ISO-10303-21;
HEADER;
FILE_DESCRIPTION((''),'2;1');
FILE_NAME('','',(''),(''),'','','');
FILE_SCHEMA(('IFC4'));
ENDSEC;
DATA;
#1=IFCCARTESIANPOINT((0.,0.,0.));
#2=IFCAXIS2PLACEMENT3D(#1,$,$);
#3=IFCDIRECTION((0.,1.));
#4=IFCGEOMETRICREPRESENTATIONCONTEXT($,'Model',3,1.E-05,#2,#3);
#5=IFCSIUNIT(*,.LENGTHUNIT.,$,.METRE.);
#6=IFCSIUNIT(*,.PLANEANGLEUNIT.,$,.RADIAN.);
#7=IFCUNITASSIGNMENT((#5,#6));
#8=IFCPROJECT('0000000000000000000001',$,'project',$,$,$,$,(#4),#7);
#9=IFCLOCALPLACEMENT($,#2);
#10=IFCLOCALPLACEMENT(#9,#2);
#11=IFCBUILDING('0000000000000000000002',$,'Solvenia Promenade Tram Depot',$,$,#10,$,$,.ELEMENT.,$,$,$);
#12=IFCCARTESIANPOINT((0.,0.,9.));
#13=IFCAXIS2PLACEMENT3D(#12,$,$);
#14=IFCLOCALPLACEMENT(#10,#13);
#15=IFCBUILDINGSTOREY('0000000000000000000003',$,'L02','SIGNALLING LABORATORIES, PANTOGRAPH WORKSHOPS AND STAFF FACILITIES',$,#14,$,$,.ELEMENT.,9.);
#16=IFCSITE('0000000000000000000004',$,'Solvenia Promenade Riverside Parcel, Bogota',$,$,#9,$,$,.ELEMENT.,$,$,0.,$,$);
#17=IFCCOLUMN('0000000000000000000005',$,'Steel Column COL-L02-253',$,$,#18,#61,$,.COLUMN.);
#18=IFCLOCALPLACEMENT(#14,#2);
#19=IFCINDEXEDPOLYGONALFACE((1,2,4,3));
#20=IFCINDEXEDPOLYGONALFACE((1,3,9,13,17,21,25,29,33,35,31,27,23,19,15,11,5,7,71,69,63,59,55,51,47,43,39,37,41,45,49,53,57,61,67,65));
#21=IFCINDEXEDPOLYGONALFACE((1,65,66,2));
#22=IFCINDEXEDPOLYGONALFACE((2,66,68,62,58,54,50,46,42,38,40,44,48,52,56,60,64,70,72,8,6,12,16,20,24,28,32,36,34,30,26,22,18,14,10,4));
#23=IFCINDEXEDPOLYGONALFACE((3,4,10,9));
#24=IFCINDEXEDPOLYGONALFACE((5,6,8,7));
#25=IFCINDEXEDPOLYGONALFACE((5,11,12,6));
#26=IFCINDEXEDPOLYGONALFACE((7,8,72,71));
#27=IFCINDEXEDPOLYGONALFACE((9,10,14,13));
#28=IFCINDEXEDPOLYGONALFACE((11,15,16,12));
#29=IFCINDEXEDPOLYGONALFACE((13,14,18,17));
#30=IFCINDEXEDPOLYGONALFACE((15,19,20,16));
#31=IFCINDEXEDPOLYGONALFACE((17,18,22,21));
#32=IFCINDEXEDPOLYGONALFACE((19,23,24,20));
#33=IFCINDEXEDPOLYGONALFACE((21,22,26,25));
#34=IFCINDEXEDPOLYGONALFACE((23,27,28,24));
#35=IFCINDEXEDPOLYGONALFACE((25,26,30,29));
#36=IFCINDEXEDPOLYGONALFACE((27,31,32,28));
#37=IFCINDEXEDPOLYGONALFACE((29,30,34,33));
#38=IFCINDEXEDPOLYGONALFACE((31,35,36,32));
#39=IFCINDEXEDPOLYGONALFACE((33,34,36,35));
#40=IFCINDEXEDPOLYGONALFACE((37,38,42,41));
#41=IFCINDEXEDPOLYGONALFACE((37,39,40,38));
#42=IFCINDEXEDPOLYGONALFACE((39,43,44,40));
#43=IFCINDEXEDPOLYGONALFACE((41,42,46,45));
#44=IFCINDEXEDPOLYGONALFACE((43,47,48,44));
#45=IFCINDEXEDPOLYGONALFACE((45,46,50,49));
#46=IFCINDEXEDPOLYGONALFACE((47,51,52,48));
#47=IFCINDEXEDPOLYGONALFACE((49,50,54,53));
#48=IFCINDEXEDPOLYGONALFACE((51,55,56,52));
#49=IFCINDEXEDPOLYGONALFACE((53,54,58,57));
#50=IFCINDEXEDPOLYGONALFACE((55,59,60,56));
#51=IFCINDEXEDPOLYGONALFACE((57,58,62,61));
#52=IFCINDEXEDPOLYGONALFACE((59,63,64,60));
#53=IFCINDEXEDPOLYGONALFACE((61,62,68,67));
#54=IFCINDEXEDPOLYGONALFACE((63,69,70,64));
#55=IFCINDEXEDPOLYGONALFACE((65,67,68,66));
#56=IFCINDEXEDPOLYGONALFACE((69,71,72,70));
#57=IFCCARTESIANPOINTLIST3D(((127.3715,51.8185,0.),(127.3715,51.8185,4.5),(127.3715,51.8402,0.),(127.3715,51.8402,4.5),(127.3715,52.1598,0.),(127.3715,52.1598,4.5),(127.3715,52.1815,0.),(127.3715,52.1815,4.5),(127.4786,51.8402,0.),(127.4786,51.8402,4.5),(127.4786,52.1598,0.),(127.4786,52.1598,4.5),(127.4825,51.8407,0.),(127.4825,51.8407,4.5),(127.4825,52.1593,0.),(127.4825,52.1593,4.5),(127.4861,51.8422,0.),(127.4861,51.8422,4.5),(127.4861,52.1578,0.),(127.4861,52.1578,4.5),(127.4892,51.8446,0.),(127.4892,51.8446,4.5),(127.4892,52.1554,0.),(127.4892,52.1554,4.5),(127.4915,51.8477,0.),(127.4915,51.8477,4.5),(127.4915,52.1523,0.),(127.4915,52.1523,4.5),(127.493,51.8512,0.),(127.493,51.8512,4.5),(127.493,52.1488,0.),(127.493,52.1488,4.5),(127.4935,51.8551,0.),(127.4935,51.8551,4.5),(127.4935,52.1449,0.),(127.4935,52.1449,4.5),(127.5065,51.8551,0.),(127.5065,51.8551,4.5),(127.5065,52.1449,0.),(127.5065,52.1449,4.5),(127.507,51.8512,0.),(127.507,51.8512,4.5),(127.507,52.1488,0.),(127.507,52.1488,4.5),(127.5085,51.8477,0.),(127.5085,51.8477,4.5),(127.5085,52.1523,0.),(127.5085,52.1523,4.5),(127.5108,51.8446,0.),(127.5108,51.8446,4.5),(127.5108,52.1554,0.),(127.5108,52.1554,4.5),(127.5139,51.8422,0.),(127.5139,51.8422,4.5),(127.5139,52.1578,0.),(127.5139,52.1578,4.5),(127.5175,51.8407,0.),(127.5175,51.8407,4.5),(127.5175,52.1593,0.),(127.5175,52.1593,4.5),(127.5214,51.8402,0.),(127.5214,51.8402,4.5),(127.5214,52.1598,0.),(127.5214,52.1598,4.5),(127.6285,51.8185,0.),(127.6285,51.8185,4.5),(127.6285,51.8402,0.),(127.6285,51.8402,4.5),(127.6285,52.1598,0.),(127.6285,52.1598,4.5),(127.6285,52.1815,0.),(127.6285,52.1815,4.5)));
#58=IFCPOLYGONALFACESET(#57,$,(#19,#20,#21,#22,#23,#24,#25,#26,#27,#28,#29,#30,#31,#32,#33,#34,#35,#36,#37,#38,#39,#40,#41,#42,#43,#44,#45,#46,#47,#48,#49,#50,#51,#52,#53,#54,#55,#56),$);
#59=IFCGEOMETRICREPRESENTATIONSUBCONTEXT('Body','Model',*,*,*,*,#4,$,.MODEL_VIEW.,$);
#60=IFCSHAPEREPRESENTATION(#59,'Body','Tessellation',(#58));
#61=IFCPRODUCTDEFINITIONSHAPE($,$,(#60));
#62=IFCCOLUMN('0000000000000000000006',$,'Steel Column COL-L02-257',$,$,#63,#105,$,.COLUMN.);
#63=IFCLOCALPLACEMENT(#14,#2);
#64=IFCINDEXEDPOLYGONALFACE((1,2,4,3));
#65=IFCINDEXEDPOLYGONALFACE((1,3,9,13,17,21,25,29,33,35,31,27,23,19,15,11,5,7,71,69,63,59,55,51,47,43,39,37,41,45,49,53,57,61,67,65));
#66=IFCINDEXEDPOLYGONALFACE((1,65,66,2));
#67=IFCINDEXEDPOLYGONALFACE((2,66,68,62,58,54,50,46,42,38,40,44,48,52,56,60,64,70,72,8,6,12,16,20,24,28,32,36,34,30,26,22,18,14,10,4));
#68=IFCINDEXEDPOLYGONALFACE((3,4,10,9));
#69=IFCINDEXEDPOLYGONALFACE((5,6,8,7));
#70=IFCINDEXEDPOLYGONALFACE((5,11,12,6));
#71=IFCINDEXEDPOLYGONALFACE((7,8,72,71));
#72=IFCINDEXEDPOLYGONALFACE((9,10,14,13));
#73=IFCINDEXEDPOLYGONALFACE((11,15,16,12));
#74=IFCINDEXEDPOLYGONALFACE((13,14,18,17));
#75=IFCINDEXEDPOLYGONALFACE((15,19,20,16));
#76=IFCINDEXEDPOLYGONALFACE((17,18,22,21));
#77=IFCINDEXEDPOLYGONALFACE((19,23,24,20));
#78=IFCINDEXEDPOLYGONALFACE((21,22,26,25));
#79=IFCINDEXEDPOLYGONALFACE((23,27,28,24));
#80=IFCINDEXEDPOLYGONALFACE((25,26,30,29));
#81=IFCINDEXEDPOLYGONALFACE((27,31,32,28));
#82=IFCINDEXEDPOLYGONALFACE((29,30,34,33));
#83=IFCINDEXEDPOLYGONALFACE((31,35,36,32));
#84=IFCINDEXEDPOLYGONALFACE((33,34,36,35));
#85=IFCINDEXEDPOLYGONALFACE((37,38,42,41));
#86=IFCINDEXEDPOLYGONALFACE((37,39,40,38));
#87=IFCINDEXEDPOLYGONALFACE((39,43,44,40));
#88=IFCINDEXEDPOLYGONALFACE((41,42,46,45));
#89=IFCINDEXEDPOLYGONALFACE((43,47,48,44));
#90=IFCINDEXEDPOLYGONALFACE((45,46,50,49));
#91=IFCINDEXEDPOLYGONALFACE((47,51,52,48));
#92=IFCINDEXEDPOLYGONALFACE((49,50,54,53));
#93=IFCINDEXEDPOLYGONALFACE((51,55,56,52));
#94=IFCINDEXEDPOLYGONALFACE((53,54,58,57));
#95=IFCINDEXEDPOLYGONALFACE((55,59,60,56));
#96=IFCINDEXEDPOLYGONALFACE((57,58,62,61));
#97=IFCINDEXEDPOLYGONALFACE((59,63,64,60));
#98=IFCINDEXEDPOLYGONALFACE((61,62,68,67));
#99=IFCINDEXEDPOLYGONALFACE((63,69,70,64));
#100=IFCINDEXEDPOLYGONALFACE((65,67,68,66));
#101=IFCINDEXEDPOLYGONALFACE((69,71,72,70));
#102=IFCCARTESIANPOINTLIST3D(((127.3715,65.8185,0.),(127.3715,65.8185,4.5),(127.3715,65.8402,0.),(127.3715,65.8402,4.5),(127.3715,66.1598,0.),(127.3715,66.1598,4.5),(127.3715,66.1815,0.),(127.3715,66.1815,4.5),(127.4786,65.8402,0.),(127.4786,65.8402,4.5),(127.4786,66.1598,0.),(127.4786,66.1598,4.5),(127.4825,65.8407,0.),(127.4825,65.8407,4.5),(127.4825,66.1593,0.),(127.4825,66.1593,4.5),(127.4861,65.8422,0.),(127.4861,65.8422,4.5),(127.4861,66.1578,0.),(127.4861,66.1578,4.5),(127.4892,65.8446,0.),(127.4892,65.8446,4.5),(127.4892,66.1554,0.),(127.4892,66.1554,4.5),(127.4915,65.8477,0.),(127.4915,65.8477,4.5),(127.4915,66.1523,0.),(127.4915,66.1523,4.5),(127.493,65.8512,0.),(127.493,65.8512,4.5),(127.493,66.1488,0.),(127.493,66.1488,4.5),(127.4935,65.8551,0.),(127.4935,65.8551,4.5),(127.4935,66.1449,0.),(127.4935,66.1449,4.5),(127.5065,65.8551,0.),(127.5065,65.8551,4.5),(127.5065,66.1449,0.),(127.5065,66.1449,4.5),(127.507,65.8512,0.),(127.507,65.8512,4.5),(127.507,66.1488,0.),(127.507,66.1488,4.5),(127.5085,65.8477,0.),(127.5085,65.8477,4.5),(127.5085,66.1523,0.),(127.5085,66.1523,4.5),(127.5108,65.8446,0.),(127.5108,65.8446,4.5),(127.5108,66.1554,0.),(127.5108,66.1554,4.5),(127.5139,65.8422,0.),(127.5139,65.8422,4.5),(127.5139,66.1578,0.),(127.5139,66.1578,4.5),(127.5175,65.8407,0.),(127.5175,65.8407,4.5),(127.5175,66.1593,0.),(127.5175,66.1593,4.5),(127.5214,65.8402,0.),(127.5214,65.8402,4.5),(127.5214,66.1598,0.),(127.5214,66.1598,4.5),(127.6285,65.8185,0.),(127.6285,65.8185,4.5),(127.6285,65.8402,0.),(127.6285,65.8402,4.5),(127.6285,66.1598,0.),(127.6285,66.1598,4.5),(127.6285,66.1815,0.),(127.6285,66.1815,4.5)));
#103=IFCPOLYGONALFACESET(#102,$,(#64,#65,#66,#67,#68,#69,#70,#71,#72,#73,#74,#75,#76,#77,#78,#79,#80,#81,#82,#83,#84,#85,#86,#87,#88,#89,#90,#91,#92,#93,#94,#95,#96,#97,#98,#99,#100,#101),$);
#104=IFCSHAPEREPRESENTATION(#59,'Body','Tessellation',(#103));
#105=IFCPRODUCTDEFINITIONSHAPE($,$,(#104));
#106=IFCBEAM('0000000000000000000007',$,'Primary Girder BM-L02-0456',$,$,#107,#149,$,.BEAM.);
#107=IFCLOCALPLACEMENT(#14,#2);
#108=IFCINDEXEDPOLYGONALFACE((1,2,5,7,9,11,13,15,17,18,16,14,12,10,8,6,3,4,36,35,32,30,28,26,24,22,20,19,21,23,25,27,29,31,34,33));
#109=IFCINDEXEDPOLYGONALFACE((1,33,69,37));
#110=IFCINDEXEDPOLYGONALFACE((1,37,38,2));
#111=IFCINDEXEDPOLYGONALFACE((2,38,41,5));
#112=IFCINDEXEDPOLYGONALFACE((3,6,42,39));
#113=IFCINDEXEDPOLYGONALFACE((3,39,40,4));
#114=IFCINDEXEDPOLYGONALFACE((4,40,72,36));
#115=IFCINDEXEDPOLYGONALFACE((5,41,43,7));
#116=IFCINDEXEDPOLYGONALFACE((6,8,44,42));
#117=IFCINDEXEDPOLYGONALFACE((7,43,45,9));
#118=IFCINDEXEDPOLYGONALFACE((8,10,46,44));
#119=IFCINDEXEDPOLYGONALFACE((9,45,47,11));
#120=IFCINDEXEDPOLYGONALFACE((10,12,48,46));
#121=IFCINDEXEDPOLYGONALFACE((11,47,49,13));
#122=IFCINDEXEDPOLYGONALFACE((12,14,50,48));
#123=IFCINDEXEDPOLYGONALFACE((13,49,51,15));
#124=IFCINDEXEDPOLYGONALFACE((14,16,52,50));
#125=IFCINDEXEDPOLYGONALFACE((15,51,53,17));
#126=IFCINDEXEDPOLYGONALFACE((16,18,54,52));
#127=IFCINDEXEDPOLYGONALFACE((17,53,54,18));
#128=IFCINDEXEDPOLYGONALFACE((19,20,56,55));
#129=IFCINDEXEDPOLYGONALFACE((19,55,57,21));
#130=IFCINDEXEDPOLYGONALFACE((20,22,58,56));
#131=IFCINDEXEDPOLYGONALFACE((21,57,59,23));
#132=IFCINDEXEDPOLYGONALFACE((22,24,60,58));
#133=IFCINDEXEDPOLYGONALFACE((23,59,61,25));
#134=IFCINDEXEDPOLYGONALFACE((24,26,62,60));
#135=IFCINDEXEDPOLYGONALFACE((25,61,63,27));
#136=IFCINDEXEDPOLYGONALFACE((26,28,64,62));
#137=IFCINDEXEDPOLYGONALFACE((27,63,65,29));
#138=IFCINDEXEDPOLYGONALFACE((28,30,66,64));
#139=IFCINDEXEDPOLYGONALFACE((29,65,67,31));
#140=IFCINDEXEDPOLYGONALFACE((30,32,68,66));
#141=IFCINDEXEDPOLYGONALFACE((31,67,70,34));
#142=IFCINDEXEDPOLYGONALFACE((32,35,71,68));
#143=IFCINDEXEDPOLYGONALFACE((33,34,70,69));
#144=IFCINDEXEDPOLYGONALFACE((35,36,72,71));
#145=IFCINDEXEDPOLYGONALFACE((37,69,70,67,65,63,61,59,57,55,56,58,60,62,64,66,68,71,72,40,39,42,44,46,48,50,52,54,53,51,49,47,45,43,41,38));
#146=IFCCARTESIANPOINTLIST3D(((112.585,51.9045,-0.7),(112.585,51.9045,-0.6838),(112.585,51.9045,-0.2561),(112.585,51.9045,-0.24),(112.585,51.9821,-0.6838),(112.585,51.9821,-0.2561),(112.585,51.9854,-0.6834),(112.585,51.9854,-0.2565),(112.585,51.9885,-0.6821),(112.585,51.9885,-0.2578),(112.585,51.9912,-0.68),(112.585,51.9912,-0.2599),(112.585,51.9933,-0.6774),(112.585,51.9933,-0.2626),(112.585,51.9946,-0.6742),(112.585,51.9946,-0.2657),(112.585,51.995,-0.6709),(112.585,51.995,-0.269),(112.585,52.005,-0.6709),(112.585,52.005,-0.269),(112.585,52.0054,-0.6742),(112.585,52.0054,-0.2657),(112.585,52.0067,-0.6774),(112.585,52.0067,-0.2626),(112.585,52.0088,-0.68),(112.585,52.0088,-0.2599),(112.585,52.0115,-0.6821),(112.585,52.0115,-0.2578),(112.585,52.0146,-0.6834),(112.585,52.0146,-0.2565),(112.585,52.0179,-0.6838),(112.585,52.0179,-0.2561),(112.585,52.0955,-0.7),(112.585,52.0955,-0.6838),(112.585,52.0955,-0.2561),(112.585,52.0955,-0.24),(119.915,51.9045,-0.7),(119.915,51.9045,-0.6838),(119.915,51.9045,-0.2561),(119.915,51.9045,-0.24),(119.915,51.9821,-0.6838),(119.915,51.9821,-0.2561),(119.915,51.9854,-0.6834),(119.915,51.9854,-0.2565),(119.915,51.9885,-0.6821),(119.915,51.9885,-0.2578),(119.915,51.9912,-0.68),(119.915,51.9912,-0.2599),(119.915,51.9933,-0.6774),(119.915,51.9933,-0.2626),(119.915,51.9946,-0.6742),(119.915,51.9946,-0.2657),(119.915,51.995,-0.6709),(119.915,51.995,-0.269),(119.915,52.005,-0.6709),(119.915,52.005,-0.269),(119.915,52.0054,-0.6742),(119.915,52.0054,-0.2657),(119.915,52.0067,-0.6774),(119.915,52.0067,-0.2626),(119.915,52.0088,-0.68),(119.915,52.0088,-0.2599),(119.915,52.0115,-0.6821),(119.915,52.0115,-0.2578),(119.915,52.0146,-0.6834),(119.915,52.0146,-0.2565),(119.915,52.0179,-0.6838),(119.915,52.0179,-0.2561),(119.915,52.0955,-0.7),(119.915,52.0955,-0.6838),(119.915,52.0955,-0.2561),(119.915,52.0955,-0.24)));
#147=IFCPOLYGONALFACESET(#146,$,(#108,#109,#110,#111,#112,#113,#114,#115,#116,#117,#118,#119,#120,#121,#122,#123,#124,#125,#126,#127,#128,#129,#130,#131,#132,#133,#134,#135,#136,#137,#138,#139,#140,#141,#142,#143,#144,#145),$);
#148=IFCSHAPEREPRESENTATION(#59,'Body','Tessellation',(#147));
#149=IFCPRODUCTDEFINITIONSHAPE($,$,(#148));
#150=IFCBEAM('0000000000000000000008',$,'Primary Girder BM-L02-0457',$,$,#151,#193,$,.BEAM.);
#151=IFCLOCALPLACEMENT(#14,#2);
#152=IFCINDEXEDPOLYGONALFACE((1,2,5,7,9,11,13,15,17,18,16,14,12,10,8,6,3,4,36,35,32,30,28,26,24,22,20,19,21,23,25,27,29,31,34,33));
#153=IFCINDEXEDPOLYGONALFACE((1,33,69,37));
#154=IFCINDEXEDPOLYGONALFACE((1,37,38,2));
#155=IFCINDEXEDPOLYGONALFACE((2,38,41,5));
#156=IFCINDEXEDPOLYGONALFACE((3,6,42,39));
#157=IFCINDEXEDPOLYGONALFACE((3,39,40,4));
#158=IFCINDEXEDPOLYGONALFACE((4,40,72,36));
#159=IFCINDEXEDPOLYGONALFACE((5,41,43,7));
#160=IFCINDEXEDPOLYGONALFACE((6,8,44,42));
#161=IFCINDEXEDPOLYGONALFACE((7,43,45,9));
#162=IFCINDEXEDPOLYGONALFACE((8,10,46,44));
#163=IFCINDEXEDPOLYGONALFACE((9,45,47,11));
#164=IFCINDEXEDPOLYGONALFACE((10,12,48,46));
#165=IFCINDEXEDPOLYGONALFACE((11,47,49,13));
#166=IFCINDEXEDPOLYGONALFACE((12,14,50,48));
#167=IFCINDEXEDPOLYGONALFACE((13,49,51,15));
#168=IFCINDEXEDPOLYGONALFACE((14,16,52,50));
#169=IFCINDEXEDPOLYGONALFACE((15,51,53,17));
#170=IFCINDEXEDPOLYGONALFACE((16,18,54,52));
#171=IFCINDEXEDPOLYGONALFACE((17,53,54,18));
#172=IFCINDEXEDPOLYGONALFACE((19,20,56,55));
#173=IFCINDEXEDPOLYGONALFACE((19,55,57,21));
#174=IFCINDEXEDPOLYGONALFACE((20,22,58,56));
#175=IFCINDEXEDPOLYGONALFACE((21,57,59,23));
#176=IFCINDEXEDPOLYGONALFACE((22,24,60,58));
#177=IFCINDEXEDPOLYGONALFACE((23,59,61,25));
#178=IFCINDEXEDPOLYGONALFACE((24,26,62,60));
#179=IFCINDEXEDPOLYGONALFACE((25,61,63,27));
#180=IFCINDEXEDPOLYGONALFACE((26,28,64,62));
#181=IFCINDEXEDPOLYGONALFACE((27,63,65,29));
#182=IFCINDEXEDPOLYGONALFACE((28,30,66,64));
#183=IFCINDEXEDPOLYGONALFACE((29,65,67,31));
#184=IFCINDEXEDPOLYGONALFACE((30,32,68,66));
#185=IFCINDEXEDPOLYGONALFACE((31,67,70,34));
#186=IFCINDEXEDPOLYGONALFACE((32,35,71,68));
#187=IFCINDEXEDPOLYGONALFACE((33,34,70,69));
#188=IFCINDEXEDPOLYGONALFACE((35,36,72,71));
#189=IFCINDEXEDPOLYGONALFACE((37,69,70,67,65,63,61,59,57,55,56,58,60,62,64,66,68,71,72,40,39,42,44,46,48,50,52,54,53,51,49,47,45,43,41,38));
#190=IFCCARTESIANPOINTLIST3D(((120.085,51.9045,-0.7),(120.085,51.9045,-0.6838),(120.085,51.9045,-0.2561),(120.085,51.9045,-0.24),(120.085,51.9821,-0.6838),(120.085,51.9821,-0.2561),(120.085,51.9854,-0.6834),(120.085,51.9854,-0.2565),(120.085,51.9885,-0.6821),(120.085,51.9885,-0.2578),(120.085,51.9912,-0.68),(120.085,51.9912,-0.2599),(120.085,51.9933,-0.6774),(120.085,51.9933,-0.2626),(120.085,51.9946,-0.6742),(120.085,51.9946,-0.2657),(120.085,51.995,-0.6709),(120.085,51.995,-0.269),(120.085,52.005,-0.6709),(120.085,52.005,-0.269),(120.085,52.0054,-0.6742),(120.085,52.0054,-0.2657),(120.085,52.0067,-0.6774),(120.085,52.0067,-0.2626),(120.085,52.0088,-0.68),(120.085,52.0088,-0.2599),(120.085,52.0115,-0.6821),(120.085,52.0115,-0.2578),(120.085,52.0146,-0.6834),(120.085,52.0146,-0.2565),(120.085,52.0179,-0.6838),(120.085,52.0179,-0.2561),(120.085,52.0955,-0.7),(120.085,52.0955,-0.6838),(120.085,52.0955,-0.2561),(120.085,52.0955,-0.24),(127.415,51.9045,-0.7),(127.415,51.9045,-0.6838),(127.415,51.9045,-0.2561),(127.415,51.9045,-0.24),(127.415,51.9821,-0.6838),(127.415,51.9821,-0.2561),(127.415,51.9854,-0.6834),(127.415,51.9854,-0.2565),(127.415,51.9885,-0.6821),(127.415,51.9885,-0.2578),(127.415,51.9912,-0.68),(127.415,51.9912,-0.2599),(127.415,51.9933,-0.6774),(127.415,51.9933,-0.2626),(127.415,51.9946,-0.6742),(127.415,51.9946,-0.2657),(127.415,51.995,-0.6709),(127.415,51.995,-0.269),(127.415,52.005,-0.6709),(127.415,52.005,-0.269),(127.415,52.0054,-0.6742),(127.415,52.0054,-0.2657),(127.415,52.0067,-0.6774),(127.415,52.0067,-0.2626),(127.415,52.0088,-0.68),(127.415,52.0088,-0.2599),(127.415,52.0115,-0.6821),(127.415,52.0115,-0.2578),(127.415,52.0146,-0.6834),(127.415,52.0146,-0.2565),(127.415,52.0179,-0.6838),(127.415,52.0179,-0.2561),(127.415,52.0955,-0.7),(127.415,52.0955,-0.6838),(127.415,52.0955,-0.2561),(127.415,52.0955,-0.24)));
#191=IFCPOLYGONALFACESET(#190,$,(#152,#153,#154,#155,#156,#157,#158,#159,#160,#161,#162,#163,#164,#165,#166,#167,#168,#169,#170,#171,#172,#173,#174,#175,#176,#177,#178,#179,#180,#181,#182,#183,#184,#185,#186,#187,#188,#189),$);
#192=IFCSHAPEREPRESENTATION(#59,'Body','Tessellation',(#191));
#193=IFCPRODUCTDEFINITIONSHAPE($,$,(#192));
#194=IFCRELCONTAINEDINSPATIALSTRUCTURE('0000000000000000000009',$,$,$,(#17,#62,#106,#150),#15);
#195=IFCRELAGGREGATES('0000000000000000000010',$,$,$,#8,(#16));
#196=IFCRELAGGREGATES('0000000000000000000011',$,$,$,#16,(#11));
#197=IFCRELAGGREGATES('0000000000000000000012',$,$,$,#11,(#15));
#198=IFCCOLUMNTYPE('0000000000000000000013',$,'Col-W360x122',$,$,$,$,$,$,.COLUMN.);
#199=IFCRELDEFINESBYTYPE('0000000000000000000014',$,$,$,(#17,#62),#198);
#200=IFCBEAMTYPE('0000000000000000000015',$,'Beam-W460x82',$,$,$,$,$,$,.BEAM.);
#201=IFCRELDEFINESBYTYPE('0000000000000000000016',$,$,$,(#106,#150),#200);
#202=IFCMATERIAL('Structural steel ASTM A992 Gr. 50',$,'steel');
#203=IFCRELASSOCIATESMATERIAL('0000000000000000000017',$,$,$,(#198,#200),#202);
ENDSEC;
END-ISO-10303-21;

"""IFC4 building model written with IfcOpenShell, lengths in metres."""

from ifc_helpers import new_model, si_unit, direction, frame, origin, origin_2d, place, context, subcontext, project, spatial, i_section, extrude, material, material_profile, profile_set, type_object, element, save


model = new_model("IFC4")

# Units and contexts
model_context = context("Model", 3, precision=1e-05, world=origin(), true_north=direction((0.0, 1.0)))
body_context = subcontext(model_context, "Body", "Model", "MODEL_VIEW")
ifc_project = project(units=[si_unit("LENGTHUNIT", "METRE"), si_unit("PLANEANGLEUNIT", "RADIAN")], contexts=[model_context])

# Site, building, storey
site_placement = place(None, origin())
site = spatial("IfcSite", under=ifc_project, at=site_placement, Name="Solvenia Promenade Riverside Parcel, Bogota", CompositionType="ELEMENT", RefElevation=0.0)
building_placement = place(site_placement, origin())
building = spatial("IfcBuilding", under=site, at=building_placement, Name="Solvenia Promenade Tram Depot", CompositionType="ELEMENT")
storey_placement = place(building_placement, frame((0.0, 0.0, 9.0)))
storey = spatial("IfcBuildingStorey", under=building, at=storey_placement, Name="L02", Description="SIGNALLING LABORATORIES, PANTOGRAPH WORKSHOPS AND STAFF FACILITIES", CompositionType="ELEMENT", Elevation=9.0)

# Columns
ifc_material_1 = material(Name="Structural steel ASTM A992 Gr. 50", Category="steel")
ifc_material_profile_1 = material_profile(ifc_material_1, i_section(OverallWidth=0.2571, OverallDepth=0.363, WebThickness=0.0129, FlangeThickness=0.0217, FilletRadius=0.0149, at=origin_2d()), Name="W360x122", Category="steel")
ifc_profile_set_1 = profile_set([ifc_material_profile_1], Name="Structural steel ASTM A992 Gr. 50")
column_type = type_object("IfcColumnType", Name="Col-W360x122", PredefinedType="COLUMN", material=ifc_profile_set_1)
for number, where, z_axis, x_axis, name in (
    (1, (127.5, 52.0, 0.0), (0.0, 0.0, 1.0), (1.0, 0.0, 0.0), "Steel Column COL-L02-253"),
    (2, (127.5, 66.0, 0.0), (0.0, 0.0, 1.0), (1.0, 0.0, 0.0), "Steel Column COL-L02-257"),
):
    element("IfcColumn", number, at=place(storey_placement, frame(where, z_axis=z_axis, x_axis=x_axis)), inside=storey, type_object=column_type, Name=name, PredefinedType="COLUMN", context=body_context, shape_type="SweptSolid", body=[
        extrude(i_section(OverallWidth=0.2571, OverallDepth=0.363, WebThickness=0.0129, FlangeThickness=0.0217, FilletRadius=0.0149, at=origin_2d()), origin(), (0.0, 0.0, 1.0), 4.5),
    ])

# Beams
ifc_material_profile_2 = material_profile(ifc_material_1, i_section(OverallWidth=0.1909, OverallDepth=0.46, WebThickness=0.01, FlangeThickness=0.0161, FilletRadius=0.0129, at=origin_2d()), Name="W460x82", Category="steel")
ifc_profile_set_2 = profile_set([ifc_material_profile_2], Name="Structural steel ASTM A992 Gr. 50")
beam_type_1 = type_object("IfcBeamType", Name="Beam-W460x82", PredefinedType="BEAM", material=ifc_profile_set_2)
for number, where, z_axis, x_axis, name in (
    (3, (112.585, 52.0, -0.47), (1.0, 0.0, 0.0), (0.0, 1.0, 0.0), "Primary Girder BM-L02-0456"),
    (4, (120.085, 52.0, -0.47), (1.0, 0.0, 0.0), (0.0, 1.0, 0.0), "Primary Girder BM-L02-0457"),
):
    element("IfcBeam", number, at=place(storey_placement, frame(where, z_axis=z_axis, x_axis=x_axis)), inside=storey, type_object=beam_type_1, Name=name, PredefinedType="BEAM", context=body_context, shape_type="SweptSolid", body=[
        extrude(i_section(OverallWidth=0.1909, OverallDepth=0.46, WebThickness=0.01, FlangeThickness=0.0161, FilletRadius=0.0129, at=origin_2d()), origin(), (0.0, 0.0, 1.0), 7.3301),
    ])

save(model, "model.ifc")
